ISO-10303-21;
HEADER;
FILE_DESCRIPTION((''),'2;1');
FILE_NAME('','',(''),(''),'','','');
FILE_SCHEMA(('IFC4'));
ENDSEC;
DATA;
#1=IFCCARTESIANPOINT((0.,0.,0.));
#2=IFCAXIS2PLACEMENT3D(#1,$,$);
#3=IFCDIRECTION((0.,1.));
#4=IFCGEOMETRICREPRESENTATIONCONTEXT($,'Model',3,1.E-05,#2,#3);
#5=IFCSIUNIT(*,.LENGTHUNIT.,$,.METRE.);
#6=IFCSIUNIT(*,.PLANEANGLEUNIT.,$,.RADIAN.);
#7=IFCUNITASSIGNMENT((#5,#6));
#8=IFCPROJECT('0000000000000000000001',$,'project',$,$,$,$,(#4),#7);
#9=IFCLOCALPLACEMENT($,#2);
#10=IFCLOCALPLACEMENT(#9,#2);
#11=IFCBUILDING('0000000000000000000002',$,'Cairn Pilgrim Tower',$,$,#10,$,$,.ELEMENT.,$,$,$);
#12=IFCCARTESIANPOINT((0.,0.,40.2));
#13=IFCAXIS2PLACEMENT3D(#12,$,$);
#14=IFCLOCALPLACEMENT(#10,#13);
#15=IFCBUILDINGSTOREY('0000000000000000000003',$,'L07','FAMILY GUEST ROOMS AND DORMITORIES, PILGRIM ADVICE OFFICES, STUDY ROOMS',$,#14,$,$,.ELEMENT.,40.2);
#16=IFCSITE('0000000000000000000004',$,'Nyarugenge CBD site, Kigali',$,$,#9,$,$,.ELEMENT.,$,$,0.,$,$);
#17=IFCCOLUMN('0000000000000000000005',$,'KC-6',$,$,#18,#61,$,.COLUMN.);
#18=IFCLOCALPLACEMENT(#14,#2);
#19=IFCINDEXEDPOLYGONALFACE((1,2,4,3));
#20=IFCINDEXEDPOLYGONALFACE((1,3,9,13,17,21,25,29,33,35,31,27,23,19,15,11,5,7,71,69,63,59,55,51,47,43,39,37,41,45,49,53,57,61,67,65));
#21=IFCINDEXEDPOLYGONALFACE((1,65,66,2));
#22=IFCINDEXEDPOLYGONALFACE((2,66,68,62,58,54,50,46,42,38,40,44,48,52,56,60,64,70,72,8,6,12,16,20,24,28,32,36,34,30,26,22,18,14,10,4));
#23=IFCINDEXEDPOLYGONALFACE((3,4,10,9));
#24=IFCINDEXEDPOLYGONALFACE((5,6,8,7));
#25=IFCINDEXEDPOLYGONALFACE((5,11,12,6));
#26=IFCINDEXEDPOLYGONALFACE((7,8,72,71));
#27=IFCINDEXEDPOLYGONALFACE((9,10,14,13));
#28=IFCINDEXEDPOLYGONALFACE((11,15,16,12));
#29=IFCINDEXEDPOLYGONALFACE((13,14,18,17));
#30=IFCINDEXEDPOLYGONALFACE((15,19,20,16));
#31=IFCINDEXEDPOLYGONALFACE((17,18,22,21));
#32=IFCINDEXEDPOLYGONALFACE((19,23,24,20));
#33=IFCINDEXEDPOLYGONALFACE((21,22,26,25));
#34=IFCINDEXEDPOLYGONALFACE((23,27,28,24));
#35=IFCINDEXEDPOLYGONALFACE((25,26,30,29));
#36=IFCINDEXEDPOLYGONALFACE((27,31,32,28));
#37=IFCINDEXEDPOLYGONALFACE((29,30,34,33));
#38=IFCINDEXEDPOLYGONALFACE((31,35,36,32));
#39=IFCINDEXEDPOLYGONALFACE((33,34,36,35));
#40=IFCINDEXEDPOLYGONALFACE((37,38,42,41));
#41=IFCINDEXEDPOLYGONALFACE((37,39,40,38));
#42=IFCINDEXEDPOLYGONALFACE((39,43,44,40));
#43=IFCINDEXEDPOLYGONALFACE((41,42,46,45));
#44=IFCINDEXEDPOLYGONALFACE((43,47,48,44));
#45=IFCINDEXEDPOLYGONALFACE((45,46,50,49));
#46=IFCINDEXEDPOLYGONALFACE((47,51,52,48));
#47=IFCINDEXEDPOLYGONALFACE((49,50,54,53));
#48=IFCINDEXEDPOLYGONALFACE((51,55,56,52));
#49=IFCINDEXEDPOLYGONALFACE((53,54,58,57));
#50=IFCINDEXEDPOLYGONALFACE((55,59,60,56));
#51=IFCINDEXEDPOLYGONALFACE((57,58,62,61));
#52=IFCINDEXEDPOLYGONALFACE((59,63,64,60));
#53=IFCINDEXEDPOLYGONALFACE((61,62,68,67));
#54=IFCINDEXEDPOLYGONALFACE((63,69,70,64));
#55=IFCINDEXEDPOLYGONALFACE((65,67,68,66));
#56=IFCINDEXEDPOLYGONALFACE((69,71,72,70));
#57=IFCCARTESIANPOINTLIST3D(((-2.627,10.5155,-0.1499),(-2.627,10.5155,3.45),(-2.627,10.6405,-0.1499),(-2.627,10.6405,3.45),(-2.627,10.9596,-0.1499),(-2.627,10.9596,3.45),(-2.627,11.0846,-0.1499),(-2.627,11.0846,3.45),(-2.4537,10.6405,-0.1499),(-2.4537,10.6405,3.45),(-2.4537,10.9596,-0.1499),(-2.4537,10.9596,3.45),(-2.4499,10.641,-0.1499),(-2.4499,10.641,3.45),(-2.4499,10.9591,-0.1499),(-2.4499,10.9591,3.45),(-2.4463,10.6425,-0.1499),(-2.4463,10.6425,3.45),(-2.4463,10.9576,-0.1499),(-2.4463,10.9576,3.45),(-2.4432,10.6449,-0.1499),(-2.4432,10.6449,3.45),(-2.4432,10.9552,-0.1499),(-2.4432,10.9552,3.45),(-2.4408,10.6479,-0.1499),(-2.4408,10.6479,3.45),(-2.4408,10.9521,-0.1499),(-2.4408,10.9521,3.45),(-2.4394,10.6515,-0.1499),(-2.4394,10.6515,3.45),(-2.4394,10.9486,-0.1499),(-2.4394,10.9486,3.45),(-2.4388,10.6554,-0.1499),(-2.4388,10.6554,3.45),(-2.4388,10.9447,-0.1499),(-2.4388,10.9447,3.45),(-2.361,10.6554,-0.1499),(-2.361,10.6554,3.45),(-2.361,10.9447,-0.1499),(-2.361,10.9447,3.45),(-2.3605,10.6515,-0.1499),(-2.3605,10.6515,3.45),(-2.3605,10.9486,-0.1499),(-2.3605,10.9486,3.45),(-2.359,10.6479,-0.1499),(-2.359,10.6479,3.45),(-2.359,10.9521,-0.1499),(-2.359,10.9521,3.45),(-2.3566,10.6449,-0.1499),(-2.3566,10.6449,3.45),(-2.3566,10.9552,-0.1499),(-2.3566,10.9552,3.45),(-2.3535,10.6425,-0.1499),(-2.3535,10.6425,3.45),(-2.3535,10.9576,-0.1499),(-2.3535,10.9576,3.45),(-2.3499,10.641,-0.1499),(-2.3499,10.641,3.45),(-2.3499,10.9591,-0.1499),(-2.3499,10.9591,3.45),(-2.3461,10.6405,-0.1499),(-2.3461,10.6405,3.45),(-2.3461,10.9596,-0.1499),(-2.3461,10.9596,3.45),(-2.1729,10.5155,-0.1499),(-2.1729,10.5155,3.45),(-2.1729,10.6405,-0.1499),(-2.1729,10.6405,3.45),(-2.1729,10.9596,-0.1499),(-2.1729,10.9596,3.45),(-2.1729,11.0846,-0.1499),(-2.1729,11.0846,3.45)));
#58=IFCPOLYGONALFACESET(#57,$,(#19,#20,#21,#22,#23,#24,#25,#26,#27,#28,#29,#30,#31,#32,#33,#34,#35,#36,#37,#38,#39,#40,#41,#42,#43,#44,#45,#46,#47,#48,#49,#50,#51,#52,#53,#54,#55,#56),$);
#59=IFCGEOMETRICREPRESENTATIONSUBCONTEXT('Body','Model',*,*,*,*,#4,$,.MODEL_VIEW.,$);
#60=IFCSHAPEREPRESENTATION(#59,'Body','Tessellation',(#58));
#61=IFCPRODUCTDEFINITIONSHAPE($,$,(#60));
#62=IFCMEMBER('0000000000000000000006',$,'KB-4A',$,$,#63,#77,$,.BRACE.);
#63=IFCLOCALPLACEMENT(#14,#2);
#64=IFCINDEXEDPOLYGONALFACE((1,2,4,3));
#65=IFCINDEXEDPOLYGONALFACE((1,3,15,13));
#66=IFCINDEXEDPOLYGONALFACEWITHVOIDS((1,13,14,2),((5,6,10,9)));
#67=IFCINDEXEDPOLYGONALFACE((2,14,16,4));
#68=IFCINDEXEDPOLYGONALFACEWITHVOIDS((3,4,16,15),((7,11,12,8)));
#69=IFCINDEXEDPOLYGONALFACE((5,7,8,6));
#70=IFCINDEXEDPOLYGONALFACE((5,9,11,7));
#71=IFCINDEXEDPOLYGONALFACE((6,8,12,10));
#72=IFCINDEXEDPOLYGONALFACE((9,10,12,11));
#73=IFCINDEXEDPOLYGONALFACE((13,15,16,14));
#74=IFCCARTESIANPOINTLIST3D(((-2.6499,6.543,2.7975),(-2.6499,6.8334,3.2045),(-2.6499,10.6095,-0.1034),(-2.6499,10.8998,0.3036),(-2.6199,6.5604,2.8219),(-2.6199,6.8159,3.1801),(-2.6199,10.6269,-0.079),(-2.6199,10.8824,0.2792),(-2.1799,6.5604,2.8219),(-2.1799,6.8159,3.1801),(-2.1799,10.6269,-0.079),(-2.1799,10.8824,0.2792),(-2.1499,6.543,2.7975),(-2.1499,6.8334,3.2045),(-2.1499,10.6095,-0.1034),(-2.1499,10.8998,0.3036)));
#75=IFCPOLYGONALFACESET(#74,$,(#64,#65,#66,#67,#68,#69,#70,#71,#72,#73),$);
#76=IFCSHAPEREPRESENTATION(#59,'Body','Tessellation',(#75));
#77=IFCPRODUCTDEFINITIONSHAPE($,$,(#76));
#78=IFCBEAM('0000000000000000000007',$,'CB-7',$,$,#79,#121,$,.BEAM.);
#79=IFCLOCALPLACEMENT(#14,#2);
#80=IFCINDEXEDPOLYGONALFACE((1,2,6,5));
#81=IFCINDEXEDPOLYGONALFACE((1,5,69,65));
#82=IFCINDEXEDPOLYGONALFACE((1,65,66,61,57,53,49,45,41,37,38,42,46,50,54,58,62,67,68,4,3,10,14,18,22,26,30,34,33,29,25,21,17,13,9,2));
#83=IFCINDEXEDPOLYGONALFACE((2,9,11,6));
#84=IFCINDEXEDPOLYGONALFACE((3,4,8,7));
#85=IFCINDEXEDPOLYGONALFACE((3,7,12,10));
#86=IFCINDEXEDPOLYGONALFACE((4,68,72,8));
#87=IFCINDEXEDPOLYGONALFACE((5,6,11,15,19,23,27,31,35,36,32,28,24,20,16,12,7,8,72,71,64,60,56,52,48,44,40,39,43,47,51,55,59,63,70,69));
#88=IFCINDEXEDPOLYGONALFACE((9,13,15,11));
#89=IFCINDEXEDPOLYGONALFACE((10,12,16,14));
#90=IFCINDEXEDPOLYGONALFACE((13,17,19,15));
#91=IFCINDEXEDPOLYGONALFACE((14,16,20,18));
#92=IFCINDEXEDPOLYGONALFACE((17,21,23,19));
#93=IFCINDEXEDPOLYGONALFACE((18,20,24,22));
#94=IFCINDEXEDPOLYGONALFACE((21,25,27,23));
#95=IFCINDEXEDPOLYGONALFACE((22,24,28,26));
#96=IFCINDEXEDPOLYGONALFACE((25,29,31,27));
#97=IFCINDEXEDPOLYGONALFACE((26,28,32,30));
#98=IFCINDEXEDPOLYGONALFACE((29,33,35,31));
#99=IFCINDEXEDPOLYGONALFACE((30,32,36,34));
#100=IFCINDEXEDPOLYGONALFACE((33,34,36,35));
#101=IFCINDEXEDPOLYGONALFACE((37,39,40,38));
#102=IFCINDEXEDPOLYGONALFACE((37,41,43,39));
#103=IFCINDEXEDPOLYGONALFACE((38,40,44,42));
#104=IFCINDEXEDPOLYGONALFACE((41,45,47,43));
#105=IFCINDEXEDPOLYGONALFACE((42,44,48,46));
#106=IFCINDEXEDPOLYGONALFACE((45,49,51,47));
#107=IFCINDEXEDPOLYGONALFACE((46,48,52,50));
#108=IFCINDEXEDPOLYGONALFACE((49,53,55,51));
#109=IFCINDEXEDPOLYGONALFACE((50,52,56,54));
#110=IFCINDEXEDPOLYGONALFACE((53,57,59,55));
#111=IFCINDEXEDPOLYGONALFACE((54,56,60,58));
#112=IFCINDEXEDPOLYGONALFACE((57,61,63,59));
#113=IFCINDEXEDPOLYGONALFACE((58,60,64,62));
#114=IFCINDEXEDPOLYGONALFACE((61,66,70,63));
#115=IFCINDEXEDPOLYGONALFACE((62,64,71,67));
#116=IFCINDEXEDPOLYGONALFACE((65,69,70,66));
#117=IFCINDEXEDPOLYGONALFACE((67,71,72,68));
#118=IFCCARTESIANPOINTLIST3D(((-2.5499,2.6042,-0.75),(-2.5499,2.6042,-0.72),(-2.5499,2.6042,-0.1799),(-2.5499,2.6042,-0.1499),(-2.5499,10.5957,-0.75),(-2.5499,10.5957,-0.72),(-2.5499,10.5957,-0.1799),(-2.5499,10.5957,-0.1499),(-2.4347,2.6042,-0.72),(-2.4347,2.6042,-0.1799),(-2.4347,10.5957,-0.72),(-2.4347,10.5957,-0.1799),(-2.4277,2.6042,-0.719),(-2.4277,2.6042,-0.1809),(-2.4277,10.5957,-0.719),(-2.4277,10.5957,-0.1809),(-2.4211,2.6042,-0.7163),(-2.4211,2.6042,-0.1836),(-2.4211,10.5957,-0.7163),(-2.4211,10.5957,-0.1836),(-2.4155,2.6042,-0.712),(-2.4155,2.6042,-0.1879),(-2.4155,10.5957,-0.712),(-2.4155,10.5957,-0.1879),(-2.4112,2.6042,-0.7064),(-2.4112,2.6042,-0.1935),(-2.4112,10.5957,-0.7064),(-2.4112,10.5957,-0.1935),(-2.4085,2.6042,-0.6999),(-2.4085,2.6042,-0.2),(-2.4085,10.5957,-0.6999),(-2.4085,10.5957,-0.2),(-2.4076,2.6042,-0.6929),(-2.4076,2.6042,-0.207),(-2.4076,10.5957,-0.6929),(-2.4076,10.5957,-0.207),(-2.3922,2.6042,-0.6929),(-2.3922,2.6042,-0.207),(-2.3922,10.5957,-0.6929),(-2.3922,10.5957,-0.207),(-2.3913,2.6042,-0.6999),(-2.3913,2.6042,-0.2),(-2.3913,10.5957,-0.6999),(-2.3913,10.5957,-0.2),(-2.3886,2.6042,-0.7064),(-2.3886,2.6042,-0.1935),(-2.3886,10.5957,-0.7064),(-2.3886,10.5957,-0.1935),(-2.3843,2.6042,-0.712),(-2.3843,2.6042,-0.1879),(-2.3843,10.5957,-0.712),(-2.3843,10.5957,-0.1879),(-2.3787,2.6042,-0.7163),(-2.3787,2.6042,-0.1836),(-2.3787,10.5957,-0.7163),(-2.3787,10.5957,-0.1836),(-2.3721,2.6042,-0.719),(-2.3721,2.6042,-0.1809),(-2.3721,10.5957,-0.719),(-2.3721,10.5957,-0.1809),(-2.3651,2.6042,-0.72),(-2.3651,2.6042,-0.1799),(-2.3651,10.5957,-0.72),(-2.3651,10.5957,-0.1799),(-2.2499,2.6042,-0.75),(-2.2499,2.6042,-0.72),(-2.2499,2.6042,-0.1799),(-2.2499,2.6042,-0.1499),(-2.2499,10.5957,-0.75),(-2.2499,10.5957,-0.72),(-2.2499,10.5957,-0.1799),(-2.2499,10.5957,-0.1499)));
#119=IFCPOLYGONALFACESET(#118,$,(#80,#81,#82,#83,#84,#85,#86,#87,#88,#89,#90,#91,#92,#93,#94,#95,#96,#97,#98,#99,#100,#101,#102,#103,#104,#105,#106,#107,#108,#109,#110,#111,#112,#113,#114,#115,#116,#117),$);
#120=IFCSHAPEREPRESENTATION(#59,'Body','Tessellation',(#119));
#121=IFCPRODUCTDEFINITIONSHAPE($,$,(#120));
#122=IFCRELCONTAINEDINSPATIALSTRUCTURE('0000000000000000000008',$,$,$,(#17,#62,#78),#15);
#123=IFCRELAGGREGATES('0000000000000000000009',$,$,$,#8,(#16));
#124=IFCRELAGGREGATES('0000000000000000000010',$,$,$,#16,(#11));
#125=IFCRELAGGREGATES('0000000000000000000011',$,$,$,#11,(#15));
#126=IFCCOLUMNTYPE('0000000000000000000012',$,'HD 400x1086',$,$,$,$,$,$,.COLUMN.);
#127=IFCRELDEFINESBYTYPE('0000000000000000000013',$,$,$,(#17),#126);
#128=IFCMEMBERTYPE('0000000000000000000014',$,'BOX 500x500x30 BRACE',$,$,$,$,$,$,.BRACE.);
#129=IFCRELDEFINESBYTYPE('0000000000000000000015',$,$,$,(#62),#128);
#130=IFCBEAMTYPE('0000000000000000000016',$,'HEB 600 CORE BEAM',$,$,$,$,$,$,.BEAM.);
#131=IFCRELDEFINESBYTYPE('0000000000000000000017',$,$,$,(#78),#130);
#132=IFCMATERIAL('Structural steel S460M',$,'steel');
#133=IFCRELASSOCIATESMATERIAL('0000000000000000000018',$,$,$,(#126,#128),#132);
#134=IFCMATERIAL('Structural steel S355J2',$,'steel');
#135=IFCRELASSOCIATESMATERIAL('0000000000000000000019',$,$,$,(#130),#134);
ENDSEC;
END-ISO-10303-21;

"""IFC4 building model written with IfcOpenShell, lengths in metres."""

from ifc_helpers import new_model, si_unit, direction, frame, origin, origin_2d, place, context, subcontext, project, spatial, hollow_rectangle, i_section, extrude, material, material_profile, profile_set, type_object, element, save


model = new_model("IFC4")

# Units and contexts
model_context = context("Model", 3, precision=1e-05, world=origin(), true_north=direction((0.0, 1.0)))
body_context = subcontext(model_context, "Body", "Model", "MODEL_VIEW")
ifc_project = project(units=[si_unit("LENGTHUNIT", "METRE"), si_unit("PLANEANGLEUNIT", "RADIAN")], contexts=[model_context])

# Site, building, storey
site_placement = place(None, origin())
site = spatial("IfcSite", under=ifc_project, at=site_placement, Name="Nyarugenge CBD site, Kigali", CompositionType="ELEMENT", RefElevation=0.0)
building_placement = place(site_placement, origin())
building = spatial("IfcBuilding", under=site, at=building_placement, Name="Cairn Pilgrim Tower", CompositionType="ELEMENT")
storey_placement = place(building_placement, frame((0.0, 0.0, 40.2)))
storey = spatial("IfcBuildingStorey", under=building, at=storey_placement, Name="L07", Description="FAMILY GUEST ROOMS AND DORMITORIES, PILGRIM ADVICE OFFICES, STUDY ROOMS", CompositionType="ELEMENT", Elevation=40.2)

# Column
ifc_material_1 = material(Name="Structural steel S460M", Category="steel")
ifc_material_profile_1 = material_profile(ifc_material_1, i_section(OverallWidth=0.4541, OverallDepth=0.5691, WebThickness=0.0779, FlangeThickness=0.125, FilletRadius=0.0149, at=origin_2d()), Name="HD 400x1086")
ifc_profile_set_1 = profile_set([ifc_material_profile_1], Name="Structural steel S460M")
column_type = type_object("IfcColumnType", Name="HD 400x1086", PredefinedType="COLUMN", material=ifc_profile_set_1)
column_placement = place(storey_placement, frame((-2.3999, 10.8, -0.1499), z_axis=(0.0, 0.0, 1.0), x_axis=(1.0, 0.0, 0.0)))
element("IfcColumn", 1, at=column_placement, inside=storey, type_object=column_type, Name="KC-6", PredefinedType="COLUMN", context=body_context, shape_type="SweptSolid", body=[
    extrude(i_section(OverallWidth=0.4541, OverallDepth=0.5691, WebThickness=0.0779, FlangeThickness=0.125, FilletRadius=0.0149, at=origin_2d()), origin(), (0.0, 0.0, 1.0), 3.5999),
])

# Member
ifc_material_profile_2 = material_profile(ifc_material_1, hollow_rectangle(XDim=0.5, YDim=0.5, WallThickness=0.03, at=origin_2d()), Name="BOX 500x500x30")
ifc_profile_set_2 = profile_set([ifc_material_profile_2], Name="Structural steel S460M")
member_type = type_object("IfcMemberType", Name="BOX 500x500x30 BRACE", PredefinedType="BRACE", material=ifc_profile_set_2)
member_placement = place(storey_placement, frame((-2.3999, 10.7546, 0.1001), z_axis=(0.0, -0.814083, 0.580748), x_axis=(1.0, 0.0, 0.0)))
element("IfcMember", 2, at=member_placement, inside=storey, type_object=member_type, Name="KB-4A", PredefinedType="BRACE", context=body_context, shape_type="SweptSolid", body=[
    extrude(hollow_rectangle(XDim=0.5, YDim=0.5, WallThickness=0.03, at=origin_2d()), origin(), (0.0, 0.0, 1.0), 4.9951),
])

# Beam
ifc_material_2 = material(Name="Structural steel S355J2", Category="steel")
ifc_material_profile_3 = material_profile(ifc_material_2, i_section(OverallWidth=0.3, OverallDepth=0.6001, WebThickness=0.0154, FlangeThickness=0.03, FilletRadius=0.0271, at=origin_2d()), Name="HEB 600")
ifc_profile_set_3 = profile_set([ifc_material_profile_3], Name="Structural steel S355J2")
beam_type = type_object("IfcBeamType", Name="HEB 600 CORE BEAM", PredefinedType="BEAM", material=ifc_profile_set_3)
beam_placement = place(storey_placement, frame((-2.3999, 10.5957, -0.45), z_axis=(0.0, -1.0, 0.0), x_axis=(1.0, 0.0, 0.0)))
element("IfcBeam", 3, at=beam_placement, inside=storey, type_object=beam_type, Name="CB-7", PredefinedType="BEAM", context=body_context, shape_type="SweptSolid", body=[
    extrude(i_section(OverallWidth=0.3, OverallDepth=0.6001, WebThickness=0.0154, FlangeThickness=0.03, FilletRadius=0.0271, at=origin_2d()), origin(), (0.0, 0.0, 1.0), 7.9915),
])

save(model, "model.ifc")
